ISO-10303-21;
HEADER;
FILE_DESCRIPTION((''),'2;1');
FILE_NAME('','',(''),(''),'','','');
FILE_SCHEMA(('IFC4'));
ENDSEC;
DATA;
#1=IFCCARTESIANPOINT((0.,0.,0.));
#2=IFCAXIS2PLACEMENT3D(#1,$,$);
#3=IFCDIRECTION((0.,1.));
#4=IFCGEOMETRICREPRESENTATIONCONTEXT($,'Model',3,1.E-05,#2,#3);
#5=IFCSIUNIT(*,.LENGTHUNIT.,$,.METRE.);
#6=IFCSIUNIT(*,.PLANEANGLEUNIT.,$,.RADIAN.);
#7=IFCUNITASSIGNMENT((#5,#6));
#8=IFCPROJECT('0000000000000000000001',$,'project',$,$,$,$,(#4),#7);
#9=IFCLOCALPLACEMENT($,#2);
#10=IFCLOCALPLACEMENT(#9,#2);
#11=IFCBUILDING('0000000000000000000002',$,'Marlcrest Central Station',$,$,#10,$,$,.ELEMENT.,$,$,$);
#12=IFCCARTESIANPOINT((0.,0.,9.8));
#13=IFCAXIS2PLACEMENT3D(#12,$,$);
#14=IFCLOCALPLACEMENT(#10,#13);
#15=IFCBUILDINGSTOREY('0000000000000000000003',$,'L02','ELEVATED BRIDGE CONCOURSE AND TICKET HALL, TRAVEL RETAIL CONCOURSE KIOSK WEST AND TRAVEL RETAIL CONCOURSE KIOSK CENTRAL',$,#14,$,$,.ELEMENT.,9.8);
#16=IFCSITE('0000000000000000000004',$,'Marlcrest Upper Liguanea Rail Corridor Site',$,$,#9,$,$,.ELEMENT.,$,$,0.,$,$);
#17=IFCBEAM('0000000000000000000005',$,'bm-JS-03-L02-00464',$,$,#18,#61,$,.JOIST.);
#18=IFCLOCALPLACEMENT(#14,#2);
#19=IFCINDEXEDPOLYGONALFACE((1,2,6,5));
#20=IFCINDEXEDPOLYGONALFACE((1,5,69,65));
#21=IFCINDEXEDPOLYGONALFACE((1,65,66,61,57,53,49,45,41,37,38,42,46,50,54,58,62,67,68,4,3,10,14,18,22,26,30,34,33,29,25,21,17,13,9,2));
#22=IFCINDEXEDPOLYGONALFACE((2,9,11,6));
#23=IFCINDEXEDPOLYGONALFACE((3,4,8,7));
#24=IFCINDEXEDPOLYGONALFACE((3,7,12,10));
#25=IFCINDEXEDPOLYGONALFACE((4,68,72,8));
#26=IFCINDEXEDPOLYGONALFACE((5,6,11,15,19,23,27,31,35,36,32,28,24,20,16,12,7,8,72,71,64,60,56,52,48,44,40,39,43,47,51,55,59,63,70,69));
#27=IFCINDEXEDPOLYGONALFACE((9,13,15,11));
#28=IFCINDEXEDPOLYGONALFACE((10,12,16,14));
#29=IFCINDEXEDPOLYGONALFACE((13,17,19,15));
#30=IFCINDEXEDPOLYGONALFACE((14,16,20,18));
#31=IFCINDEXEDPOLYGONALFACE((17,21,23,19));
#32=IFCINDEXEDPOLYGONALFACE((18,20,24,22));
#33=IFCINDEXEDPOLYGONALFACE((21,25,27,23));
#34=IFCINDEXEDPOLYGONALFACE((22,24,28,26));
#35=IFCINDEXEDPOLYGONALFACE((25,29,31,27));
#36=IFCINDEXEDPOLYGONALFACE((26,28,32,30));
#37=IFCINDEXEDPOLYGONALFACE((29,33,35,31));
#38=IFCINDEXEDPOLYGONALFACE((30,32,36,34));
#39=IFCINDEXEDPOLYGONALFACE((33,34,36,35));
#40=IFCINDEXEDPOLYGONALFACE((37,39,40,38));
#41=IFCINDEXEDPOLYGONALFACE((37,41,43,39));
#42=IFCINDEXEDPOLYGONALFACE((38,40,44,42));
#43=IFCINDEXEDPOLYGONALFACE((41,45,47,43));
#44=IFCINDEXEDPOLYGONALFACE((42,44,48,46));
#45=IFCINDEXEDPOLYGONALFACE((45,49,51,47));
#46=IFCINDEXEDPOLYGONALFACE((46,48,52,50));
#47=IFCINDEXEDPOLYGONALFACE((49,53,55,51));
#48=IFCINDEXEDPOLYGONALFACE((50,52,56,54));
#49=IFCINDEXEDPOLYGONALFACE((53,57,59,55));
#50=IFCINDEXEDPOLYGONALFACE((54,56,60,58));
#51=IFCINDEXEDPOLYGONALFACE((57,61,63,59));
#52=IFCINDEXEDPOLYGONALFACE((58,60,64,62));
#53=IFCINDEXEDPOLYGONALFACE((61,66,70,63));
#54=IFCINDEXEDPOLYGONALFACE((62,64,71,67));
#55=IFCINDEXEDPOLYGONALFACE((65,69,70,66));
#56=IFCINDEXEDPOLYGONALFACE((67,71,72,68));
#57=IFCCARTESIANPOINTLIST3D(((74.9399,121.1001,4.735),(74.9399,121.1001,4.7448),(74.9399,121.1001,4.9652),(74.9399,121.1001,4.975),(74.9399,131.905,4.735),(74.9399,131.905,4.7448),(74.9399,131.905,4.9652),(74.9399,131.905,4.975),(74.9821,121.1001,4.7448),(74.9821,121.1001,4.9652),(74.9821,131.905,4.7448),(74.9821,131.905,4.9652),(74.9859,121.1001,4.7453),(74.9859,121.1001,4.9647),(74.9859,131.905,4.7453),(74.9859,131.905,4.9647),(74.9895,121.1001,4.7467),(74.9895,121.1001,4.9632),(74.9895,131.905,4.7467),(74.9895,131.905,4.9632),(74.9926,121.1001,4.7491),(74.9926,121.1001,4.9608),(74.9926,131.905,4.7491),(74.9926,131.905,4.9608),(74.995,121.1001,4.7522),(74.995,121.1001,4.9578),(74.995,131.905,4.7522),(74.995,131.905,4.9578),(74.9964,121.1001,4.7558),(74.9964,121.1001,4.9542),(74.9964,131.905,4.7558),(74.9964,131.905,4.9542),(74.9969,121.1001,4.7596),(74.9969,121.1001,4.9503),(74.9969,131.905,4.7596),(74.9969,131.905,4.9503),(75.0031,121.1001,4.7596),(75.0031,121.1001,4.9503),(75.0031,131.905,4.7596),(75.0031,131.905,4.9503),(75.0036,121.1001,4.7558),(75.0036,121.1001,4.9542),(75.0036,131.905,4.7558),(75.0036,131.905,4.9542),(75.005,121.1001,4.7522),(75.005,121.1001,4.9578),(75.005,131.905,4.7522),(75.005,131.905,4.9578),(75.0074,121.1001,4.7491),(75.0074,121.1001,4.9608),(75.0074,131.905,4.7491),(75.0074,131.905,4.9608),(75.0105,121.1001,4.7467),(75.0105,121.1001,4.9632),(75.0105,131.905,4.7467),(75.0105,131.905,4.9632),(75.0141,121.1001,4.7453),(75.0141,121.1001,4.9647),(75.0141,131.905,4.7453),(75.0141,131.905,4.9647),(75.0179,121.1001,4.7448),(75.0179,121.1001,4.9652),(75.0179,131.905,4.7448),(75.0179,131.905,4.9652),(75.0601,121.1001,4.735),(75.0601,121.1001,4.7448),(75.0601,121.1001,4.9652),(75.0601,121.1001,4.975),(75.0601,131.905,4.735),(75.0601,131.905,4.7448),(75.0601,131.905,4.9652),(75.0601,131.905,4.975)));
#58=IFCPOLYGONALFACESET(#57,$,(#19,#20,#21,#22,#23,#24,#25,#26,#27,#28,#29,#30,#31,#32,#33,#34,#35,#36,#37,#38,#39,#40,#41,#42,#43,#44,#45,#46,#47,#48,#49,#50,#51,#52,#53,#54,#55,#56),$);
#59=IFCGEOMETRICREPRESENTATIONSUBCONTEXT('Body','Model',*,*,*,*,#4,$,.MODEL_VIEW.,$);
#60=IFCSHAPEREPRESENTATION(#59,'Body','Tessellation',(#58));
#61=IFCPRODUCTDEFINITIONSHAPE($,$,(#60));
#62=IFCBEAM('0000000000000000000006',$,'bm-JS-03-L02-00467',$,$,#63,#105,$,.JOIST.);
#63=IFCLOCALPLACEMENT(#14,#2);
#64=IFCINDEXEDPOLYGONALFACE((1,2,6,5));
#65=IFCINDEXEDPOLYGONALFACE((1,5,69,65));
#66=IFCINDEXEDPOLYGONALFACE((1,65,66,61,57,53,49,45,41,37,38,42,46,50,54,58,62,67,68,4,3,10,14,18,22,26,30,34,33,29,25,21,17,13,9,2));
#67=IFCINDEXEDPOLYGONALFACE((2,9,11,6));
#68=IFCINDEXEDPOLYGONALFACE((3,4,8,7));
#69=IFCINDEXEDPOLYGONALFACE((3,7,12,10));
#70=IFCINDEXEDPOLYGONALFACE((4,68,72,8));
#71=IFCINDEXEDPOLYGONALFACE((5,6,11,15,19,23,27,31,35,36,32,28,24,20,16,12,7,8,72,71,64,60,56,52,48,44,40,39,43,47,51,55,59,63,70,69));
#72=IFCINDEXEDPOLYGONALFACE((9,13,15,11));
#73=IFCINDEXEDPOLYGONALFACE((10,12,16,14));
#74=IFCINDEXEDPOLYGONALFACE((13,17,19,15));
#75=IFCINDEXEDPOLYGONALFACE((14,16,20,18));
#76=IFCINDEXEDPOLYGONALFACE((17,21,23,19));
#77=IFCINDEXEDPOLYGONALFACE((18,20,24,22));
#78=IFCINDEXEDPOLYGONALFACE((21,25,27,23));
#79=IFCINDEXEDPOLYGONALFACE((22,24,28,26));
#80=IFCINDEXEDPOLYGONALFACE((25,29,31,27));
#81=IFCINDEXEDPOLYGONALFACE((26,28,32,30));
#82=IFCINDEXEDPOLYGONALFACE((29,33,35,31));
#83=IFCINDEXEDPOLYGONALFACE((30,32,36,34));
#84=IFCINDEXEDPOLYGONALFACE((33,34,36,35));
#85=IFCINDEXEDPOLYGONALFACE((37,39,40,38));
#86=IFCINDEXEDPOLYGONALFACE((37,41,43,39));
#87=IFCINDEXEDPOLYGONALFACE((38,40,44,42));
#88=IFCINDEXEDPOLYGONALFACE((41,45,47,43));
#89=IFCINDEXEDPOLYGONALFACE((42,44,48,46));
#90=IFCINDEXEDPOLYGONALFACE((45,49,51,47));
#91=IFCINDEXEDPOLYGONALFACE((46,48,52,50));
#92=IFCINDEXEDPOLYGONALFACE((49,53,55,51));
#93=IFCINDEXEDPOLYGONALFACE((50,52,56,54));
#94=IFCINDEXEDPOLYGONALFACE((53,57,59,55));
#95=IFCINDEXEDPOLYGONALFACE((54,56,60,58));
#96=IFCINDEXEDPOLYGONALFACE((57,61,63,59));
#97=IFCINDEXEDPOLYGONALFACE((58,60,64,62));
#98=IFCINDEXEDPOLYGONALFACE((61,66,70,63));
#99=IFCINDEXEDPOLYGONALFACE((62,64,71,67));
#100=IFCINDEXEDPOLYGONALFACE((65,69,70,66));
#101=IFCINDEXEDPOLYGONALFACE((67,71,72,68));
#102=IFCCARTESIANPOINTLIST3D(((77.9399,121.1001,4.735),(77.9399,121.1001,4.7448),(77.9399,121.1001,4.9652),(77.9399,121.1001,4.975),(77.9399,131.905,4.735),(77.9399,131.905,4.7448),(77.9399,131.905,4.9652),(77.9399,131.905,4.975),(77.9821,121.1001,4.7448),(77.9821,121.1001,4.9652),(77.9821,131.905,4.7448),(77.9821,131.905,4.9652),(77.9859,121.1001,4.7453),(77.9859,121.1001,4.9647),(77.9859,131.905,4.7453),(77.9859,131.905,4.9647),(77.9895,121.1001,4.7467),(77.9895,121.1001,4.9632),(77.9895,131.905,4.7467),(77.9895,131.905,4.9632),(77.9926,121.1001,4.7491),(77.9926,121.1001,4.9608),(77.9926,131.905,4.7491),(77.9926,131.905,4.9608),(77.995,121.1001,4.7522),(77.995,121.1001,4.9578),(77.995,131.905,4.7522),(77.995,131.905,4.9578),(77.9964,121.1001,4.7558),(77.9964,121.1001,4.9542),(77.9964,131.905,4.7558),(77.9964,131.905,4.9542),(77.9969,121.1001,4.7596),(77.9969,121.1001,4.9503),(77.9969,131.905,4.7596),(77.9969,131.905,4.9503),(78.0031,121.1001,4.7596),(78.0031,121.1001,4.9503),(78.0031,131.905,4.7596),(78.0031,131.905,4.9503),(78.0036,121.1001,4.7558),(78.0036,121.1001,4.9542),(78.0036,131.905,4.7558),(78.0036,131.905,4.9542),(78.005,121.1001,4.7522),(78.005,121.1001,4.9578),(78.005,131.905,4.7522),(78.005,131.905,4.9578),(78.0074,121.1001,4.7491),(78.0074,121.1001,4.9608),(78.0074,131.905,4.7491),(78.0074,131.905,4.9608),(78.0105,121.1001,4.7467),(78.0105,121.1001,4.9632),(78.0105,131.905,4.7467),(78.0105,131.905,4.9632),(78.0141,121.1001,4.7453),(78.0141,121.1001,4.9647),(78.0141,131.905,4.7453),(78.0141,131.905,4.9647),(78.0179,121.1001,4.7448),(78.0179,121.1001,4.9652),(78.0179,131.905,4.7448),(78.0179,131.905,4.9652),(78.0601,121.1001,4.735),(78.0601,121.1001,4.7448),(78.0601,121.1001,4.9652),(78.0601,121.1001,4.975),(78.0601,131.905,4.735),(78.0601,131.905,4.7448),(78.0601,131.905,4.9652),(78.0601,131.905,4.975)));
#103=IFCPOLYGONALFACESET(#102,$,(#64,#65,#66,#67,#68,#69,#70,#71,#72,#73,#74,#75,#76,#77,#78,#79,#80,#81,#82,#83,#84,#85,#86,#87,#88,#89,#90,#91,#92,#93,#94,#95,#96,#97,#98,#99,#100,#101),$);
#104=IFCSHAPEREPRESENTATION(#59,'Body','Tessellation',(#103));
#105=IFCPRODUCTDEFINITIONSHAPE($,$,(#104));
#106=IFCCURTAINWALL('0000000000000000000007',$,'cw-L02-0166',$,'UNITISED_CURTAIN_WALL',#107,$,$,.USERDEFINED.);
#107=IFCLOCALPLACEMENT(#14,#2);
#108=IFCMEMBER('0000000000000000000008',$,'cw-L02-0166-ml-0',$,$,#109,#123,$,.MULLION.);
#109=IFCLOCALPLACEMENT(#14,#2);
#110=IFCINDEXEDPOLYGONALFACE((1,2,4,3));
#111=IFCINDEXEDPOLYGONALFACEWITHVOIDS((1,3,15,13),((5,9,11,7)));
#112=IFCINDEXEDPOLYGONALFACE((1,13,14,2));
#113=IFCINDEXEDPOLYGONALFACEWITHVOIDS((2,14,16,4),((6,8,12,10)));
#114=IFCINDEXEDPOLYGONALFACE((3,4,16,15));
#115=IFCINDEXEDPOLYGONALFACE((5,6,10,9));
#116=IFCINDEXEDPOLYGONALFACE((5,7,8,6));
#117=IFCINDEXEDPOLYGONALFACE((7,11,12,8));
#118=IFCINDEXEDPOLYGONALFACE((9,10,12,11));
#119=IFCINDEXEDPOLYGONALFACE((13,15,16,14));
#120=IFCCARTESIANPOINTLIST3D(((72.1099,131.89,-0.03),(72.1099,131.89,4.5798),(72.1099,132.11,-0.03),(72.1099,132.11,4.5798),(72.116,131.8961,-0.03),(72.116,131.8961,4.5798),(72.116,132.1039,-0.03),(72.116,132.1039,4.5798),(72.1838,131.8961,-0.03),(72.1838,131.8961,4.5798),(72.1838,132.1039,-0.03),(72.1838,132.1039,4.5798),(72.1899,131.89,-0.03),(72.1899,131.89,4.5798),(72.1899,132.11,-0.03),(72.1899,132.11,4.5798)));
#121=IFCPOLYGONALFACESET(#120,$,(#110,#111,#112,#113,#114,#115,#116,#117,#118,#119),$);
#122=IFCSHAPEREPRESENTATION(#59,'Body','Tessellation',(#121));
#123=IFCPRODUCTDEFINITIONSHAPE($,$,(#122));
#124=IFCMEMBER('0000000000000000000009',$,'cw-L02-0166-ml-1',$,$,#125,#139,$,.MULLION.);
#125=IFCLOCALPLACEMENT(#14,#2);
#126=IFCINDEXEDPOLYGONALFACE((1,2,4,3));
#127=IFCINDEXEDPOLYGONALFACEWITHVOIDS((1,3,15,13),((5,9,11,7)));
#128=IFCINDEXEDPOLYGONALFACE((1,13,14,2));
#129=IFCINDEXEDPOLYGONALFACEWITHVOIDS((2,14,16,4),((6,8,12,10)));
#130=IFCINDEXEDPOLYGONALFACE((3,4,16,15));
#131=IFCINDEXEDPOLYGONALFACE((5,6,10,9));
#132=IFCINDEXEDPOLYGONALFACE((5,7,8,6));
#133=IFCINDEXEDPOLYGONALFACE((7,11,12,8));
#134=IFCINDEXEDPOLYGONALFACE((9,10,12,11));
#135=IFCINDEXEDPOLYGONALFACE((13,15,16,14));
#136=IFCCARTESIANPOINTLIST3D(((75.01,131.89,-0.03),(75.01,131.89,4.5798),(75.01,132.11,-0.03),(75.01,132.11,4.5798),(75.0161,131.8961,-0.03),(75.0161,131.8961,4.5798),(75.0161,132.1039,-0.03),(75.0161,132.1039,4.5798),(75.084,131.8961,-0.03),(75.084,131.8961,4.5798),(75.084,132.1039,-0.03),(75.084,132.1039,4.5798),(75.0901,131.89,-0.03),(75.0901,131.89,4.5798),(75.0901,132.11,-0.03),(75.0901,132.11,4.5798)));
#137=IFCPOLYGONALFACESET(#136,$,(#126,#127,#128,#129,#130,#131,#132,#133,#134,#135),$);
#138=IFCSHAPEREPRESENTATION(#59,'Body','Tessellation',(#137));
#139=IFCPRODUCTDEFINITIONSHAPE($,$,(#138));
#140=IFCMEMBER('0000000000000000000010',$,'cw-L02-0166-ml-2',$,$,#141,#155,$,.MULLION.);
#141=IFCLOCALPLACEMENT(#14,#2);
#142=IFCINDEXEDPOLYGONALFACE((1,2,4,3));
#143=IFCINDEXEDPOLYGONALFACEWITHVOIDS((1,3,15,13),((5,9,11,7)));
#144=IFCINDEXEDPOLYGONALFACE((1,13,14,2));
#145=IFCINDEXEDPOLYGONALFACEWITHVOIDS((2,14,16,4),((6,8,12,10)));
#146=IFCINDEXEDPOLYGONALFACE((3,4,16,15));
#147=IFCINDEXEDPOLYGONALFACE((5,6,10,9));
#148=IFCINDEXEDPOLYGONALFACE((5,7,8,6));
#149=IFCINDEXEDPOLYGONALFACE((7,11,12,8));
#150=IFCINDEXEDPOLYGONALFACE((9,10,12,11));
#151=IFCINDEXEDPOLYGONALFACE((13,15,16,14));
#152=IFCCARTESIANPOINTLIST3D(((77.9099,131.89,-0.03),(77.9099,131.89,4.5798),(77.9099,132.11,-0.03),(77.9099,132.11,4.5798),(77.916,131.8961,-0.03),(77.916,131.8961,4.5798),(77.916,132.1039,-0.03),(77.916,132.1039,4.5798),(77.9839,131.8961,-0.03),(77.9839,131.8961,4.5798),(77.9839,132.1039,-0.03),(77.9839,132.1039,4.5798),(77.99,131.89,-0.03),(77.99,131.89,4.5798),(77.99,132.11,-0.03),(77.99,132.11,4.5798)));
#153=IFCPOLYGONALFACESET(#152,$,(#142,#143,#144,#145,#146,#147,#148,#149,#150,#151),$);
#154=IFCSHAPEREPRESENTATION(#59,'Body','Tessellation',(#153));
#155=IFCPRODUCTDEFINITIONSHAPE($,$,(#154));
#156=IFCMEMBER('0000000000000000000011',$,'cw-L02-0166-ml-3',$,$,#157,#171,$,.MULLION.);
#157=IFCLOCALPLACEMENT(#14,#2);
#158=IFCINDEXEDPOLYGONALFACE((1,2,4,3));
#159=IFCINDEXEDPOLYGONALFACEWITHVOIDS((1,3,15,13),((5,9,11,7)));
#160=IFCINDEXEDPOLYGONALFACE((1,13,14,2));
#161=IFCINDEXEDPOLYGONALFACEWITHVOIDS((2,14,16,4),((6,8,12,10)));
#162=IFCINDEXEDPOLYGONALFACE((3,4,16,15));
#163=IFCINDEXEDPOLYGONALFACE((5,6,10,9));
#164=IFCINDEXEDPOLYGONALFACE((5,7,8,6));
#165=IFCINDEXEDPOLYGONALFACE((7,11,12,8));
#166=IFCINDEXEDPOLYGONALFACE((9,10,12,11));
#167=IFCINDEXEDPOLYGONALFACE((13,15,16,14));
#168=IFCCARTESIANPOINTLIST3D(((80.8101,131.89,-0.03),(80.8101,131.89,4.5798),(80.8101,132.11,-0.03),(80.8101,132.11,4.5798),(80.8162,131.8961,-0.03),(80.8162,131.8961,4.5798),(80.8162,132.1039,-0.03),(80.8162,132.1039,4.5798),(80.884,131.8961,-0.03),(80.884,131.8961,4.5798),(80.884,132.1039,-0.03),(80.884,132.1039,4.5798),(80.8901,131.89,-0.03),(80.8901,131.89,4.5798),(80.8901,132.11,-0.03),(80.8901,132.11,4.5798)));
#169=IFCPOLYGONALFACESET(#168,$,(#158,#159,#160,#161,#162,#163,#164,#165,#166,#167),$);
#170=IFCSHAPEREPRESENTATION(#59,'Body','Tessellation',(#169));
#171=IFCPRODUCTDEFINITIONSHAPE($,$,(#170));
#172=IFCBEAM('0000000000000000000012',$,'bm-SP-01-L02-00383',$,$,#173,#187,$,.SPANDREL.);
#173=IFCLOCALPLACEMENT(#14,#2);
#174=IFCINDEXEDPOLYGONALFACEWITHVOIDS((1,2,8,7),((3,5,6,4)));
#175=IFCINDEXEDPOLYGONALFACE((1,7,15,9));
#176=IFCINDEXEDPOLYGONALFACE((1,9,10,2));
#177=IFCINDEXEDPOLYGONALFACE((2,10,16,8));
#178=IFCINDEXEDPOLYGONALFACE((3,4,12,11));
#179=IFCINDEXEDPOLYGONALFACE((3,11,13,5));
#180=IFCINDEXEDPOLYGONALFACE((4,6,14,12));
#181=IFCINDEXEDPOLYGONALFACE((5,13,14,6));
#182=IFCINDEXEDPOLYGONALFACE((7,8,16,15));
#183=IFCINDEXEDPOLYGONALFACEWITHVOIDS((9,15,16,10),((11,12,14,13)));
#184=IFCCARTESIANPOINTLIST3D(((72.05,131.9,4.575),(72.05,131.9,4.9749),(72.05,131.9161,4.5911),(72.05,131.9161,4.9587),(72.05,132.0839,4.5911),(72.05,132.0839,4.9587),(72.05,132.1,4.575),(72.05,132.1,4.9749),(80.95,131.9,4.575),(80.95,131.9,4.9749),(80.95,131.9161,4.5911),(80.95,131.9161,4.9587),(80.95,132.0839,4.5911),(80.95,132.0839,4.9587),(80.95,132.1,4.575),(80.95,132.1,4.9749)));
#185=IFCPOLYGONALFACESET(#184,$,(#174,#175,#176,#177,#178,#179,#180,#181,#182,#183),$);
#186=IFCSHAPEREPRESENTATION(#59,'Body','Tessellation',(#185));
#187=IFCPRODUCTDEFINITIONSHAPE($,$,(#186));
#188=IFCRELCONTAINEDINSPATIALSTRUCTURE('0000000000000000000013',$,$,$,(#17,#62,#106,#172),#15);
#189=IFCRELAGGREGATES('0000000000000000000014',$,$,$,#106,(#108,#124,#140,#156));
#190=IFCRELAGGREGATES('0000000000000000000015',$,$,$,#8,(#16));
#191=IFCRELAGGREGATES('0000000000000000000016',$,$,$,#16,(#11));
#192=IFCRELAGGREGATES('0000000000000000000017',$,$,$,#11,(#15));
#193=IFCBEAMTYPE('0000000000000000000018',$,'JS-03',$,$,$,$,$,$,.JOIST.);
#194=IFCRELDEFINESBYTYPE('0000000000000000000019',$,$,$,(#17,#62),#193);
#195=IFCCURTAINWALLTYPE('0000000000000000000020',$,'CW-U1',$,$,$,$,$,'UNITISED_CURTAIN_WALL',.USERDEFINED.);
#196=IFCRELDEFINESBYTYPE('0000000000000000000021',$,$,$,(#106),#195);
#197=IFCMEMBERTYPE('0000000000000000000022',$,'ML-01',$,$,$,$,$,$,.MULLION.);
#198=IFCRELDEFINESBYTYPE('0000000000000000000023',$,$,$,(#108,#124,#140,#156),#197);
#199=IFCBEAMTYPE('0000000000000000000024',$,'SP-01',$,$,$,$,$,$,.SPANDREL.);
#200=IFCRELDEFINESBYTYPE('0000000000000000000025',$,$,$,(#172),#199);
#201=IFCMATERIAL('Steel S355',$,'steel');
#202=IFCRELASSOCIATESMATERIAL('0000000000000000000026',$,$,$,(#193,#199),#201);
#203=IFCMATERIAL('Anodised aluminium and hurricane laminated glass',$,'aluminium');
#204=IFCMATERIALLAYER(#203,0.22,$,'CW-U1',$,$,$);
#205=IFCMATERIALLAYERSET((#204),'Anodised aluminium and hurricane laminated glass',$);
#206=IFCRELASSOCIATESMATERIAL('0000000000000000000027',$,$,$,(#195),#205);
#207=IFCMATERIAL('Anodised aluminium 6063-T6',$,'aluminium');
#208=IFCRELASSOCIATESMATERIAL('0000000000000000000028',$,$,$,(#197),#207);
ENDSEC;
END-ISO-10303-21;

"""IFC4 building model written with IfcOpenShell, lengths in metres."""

from ifc_helpers import new_model, si_unit, direction, frame, origin, origin_2d, place, context, subcontext, project, spatial, hollow_rectangle, i_section, extrude, material, layer, layer_set, material_profile, profile_set, type_object, element, aggregate, save


model = new_model("IFC4")

# Units and contexts
model_context = context("Model", 3, precision=1e-05, world=origin(), true_north=direction((0.0, 1.0)))
body_context = subcontext(model_context, "Body", "Model", "MODEL_VIEW")
ifc_project = project(units=[si_unit("LENGTHUNIT", "METRE"), si_unit("PLANEANGLEUNIT", "RADIAN")], contexts=[model_context])

# Site, building, storey
site_placement = place(None, origin())
site = spatial("IfcSite", under=ifc_project, at=site_placement, Name="Marlcrest Upper Liguanea Rail Corridor Site", CompositionType="ELEMENT", RefElevation=0.0)
building_placement = place(site_placement, origin())
building = spatial("IfcBuilding", under=site, at=building_placement, Name="Marlcrest Central Station", CompositionType="ELEMENT")
storey_placement = place(building_placement, frame((0.0, 0.0, 9.8)))
storey = spatial("IfcBuildingStorey", under=building, at=storey_placement, Name="L02", Description="ELEVATED BRIDGE CONCOURSE AND TICKET HALL, TRAVEL RETAIL CONCOURSE KIOSK WEST AND TRAVEL RETAIL CONCOURSE KIOSK CENTRAL", CompositionType="ELEMENT", Elevation=9.8)

# Shared definitions
ifc_material_1 = material(Name="Steel S355", Category="steel")

# Beams
ifc_material_profile_1 = material_profile(ifc_material_1, i_section(OverallWidth=0.1201, OverallDepth=0.24, WebThickness=0.0061, FlangeThickness=0.0098, FilletRadius=0.0149, at=origin_2d()), Name="IPE 240")
ifc_profile_set_1 = profile_set([ifc_material_profile_1], Name="Steel S355")
beam_type_1 = type_object("IfcBeamType", Name="JS-03", PredefinedType="JOIST", material=ifc_profile_set_1)
for number, where, z_axis, x_axis, name in (
    (1, (75.0, 121.1001, 4.855), (0.0, 1.0, 0.0), (-1.0, 0.0, 0.0), "bm-JS-03-L02-00464"),
    (2, (78.0, 121.1001, 4.855), (0.0, 1.0, 0.0), (-1.0, 0.0, 0.0), "bm-JS-03-L02-00467"),
):
    element("IfcBeam", number, at=place(storey_placement, frame(where, z_axis=z_axis, x_axis=x_axis)), inside=storey, type_object=beam_type_1, Name=name, PredefinedType="JOIST", context=body_context, shape_type="SweptSolid", body=[
        extrude(i_section(OverallWidth=0.1201, OverallDepth=0.24, WebThickness=0.0061, FlangeThickness=0.0098, FilletRadius=0.0149, at=origin_2d()), origin(), (0.0, 0.0, 1.0), 10.8049),
    ])

# Curtain wall, members
ifc_material_2 = material(Name="Anodised aluminium and hurricane laminated glass", Category="aluminium")
ifc_layer_1 = layer(ifc_material_2, 0.22, Name="CW-U1")
ifc_layer_set_1 = layer_set([ifc_layer_1], Name="Anodised aluminium and hurricane laminated glass")
curtain_wall_type = type_object("IfcCurtainWallType", Name="CW-U1", ElementType="UNITISED_CURTAIN_WALL", PredefinedType="USERDEFINED", material=ifc_layer_set_1)
curtain_wall_placement = place(storey_placement, origin())
curtain_wall = element("IfcCurtainWall", 3, at=curtain_wall_placement, inside=storey, type_object=curtain_wall_type, Name="cw-L02-0166", ObjectType="UNITISED_CURTAIN_WALL", PredefinedType="USERDEFINED")
ifc_material_3 = material(Name="Anodised aluminium 6063-T6", Category="aluminium")
ifc_material_profile_2 = material_profile(ifc_material_3, hollow_rectangle(XDim=0.0801, YDim=0.22, WallThickness=0.0061, at=origin_2d()), Name="AA-RHS 220x80x6")
ifc_profile_set_2 = profile_set([ifc_material_profile_2], Name="Anodised aluminium 6063-T6")
member_type_1 = type_object("IfcMemberType", Name="ML-01", PredefinedType="MULLION", material=ifc_profile_set_2)
member_1_placement = place(storey_placement, frame((72.1499, 132.0, -0.03), z_axis=(0.0, 0.0, 1.0), x_axis=(1.0, 0.0, 0.0)))
member_1 = element("IfcMember", 4, at=member_1_placement, type_object=member_type_1, Name="cw-L02-0166-ml-0", PredefinedType="MULLION", context=body_context, shape_type="SweptSolid", body=[
    extrude(hollow_rectangle(XDim=0.0801, YDim=0.22, WallThickness=0.0061, at=origin_2d()), origin(), (0.0, 0.0, 1.0), 4.6099),
])
member_2_placement = place(storey_placement, frame((75.05, 132.0, -0.03), z_axis=(0.0, 0.0, 1.0), x_axis=(1.0, 0.0, 0.0)))
member_2 = element("IfcMember", 5, at=member_2_placement, type_object=member_type_1, Name="cw-L02-0166-ml-1", PredefinedType="MULLION", context=body_context, shape_type="SweptSolid", body=[
    extrude(hollow_rectangle(XDim=0.0801, YDim=0.22, WallThickness=0.0061, at=origin_2d()), origin(), (0.0, 0.0, 1.0), 4.6099),
])
member_3_placement = place(storey_placement, frame((77.95, 132.0, -0.03), z_axis=(0.0, 0.0, 1.0), x_axis=(1.0, 0.0, 0.0)))
member_3 = element("IfcMember", 6, at=member_3_placement, type_object=member_type_1, Name="cw-L02-0166-ml-2", PredefinedType="MULLION", context=body_context, shape_type="SweptSolid", body=[
    extrude(hollow_rectangle(XDim=0.0801, YDim=0.22, WallThickness=0.0061, at=origin_2d()), origin(), (0.0, 0.0, 1.0), 4.6099),
])
member_4_placement = place(storey_placement, frame((80.8501, 132.0, -0.03), z_axis=(0.0, 0.0, 1.0), x_axis=(1.0, 0.0, 0.0)))
member_4 = element("IfcMember", 7, at=member_4_placement, type_object=member_type_1, Name="cw-L02-0166-ml-3", PredefinedType="MULLION", context=body_context, shape_type="SweptSolid", body=[
    extrude(hollow_rectangle(XDim=0.0801, YDim=0.22, WallThickness=0.0061, at=origin_2d()), origin(), (0.0, 0.0, 1.0), 4.6099),
])

# Beam
ifc_material_profile_3 = material_profile(ifc_material_1, hollow_rectangle(XDim=0.2, YDim=0.3999, WallThickness=0.0161, at=origin_2d()), Name="RHS 400x200x16")
ifc_profile_set_3 = profile_set([ifc_material_profile_3], Name="Steel S355")
beam_type_2 = type_object("IfcBeamType", Name="SP-01", PredefinedType="SPANDREL", material=ifc_profile_set_3)
beam_1_placement = place(storey_placement, frame((72.05, 132.0, 4.7749), z_axis=(1.0, 0.0, 0.0), x_axis=(0.0, 1.0, 0.0)))
element("IfcBeam", 8, at=beam_1_placement, inside=storey, type_object=beam_type_2, Name="bm-SP-01-L02-00383", PredefinedType="SPANDREL", context=body_context, shape_type="SweptSolid", body=[
    extrude(hollow_rectangle(XDim=0.2, YDim=0.3999, WallThickness=0.0161, at=origin_2d()), origin(), (0.0, 0.0, 1.0), 8.8999),
])

aggregate(curtain_wall, [member_1, member_2, member_3, member_4])

save(model, "model.ifc")
